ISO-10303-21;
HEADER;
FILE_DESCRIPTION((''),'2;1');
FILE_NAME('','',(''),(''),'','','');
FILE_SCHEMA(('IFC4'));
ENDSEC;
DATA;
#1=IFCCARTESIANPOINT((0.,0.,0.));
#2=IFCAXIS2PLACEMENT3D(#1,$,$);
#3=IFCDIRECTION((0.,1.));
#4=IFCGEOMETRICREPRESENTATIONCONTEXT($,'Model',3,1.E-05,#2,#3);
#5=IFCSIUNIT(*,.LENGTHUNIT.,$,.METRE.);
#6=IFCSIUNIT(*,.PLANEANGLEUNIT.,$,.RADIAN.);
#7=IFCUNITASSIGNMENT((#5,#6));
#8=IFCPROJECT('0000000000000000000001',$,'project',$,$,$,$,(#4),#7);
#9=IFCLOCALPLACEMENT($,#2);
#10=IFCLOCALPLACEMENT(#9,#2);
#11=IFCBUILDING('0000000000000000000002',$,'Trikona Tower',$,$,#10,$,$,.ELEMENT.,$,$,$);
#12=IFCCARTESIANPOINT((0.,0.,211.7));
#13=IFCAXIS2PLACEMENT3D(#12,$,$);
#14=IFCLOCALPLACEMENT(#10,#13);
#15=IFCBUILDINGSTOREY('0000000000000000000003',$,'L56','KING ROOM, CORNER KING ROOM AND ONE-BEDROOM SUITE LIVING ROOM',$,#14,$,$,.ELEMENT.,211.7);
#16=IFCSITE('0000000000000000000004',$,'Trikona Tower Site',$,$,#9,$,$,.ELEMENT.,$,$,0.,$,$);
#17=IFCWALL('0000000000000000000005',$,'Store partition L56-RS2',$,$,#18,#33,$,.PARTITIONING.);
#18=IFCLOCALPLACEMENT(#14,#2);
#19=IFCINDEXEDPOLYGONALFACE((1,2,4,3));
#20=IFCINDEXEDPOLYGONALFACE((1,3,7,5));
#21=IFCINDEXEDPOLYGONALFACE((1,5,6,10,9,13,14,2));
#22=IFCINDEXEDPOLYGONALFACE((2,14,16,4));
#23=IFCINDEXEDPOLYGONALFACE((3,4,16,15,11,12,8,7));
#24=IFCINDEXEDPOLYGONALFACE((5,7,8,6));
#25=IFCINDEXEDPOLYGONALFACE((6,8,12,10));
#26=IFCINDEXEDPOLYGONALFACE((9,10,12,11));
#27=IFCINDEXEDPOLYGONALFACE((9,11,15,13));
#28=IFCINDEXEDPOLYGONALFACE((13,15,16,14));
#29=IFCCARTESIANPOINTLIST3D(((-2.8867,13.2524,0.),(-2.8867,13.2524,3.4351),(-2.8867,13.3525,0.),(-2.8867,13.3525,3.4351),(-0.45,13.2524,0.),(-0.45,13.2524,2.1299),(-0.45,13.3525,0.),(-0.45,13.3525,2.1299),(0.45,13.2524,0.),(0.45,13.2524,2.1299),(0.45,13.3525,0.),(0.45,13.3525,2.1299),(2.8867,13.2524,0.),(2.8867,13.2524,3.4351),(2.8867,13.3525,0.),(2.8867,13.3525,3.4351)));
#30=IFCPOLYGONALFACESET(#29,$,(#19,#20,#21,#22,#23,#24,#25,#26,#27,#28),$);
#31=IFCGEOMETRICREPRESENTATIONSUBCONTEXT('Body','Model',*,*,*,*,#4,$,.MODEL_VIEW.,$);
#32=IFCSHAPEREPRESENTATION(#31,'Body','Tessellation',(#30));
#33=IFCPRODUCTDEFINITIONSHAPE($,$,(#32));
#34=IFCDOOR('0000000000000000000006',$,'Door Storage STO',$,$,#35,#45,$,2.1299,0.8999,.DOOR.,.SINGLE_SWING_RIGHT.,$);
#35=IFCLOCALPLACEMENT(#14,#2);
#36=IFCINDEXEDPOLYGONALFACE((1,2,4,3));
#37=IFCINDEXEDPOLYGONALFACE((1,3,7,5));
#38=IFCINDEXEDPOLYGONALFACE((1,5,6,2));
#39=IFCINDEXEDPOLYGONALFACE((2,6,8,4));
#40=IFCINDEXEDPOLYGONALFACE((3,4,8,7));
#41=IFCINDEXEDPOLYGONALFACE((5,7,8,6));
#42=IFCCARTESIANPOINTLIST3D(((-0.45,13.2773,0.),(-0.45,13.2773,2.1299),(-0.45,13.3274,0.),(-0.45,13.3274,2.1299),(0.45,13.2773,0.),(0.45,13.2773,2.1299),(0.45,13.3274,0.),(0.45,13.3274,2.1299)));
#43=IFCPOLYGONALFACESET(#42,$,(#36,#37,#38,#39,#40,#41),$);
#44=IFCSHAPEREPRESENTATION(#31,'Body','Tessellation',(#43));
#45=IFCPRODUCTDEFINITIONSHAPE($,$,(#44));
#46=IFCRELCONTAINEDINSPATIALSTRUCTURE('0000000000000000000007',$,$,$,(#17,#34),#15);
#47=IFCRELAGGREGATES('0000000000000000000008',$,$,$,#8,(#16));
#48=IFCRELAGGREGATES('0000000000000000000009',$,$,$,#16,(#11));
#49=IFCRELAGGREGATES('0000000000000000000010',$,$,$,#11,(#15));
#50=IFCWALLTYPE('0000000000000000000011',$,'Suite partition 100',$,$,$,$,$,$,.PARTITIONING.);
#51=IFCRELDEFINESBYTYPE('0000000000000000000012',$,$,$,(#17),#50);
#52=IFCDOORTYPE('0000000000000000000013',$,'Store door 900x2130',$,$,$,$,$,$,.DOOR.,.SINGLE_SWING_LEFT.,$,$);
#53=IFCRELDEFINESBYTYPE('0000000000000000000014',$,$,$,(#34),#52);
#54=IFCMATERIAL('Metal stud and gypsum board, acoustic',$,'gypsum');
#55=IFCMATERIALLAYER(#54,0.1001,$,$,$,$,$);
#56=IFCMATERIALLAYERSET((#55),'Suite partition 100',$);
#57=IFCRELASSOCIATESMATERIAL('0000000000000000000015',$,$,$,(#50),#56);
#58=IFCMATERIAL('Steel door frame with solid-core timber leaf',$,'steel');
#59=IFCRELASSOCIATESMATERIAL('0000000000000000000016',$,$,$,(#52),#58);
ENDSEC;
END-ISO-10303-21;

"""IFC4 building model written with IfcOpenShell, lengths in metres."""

from ifc_helpers import new_model, si_unit, direction, frame, frame_2d, origin, place, context, subcontext, project, spatial, rectangle, extrude, material, layer, layer_set, type_object, element, fill, save


model = new_model("IFC4")

# Units and contexts
model_context = context("Model", 3, precision=1e-05, world=origin(), true_north=direction((0.0, 1.0)))
body_context = subcontext(model_context, "Body", "Model", "MODEL_VIEW")
ifc_project = project(units=[si_unit("LENGTHUNIT", "METRE"), si_unit("PLANEANGLEUNIT", "RADIAN")], contexts=[model_context])

# Site, building, storey
site_placement = place(None, origin())
site = spatial("IfcSite", under=ifc_project, at=site_placement, Name="Trikona Tower Site", CompositionType="ELEMENT", RefElevation=0.0)
building_placement = place(site_placement, origin())
building = spatial("IfcBuilding", under=site, at=building_placement, Name="Trikona Tower", CompositionType="ELEMENT")
storey_placement = place(building_placement, frame((0.0, 0.0, 211.7)))
storey = spatial("IfcBuildingStorey", under=building, at=storey_placement, Name="L56", Description="KING ROOM, CORNER KING ROOM AND ONE-BEDROOM SUITE LIVING ROOM", CompositionType="ELEMENT", Elevation=211.7)

# Wall, opening, door
ifc_material_1 = material(Name="Metal stud and gypsum board, acoustic", Category="gypsum")
ifc_layer_1 = layer(ifc_material_1, 0.1001)
ifc_layer_set_1 = layer_set([ifc_layer_1], Name="Suite partition 100")
wall_type_1 = type_object("IfcWallType", Name="Suite partition 100", PredefinedType="PARTITIONING", material=ifc_layer_set_1)
wall_1_placement = place(storey_placement, frame((-2.8867, 13.3025, 0.0), z_axis=(0.0, 0.0, 1.0), x_axis=(1.0, 0.0, 0.0)))
wall_1 = element("IfcWall", 1, at=wall_1_placement, inside=storey, type_object=wall_type_1, Name="Store partition L56-RS2", PredefinedType="PARTITIONING", context=body_context, shape_type="SweptSolid", body=[
    extrude(rectangle(XDim=5.7734, YDim=0.1001, at=frame_2d((2.8867, 0.0))), origin(), (0.0, 0.0, 1.0), 3.4351),
])
opening_1_placement = place(wall_1_placement, frame((2.4368, 0.0, 0.0)))
opening_1 = element("IfcOpeningElement", 2, at=opening_1_placement, cuts=wall_1, PredefinedType="OPENING", context=body_context, shape_type="SweptSolid", body=[
    extrude(rectangle(XDim=0.8999, YDim=2.1299, at=frame_2d((0.45, 1.0649))), frame((0.0, 0.0601, 0.0), z_axis=(0.0, -1.0, 0.0), x_axis=(1.0, 0.0, 0.0)), (0.0, 0.0, 1.0), 0.1201),
])
ifc_material_2 = material(Name="Steel door frame with solid-core timber leaf", Category="steel")
door_type_1 = type_object("IfcDoorType", Name="Store door 900x2130", OperationType="SINGLE_SWING_LEFT", PredefinedType="DOOR", material=ifc_material_2)
door_1_placement = place(opening_1_placement, origin())
door_1 = element("IfcDoor", 3, at=door_1_placement, inside=storey, type_object=door_type_1, Name="Door Storage STO", OperationType="SINGLE_SWING_RIGHT", OverallHeight=2.1299, OverallWidth=0.8999, PredefinedType="DOOR", context=body_context, shape_type="SweptSolid", body=[
    extrude(rectangle(XDim=0.8999, YDim=2.1299, at=frame_2d((0.45, 1.0649))), frame((0.0, 0.0249, 0.0), z_axis=(0.0, -1.0, 0.0), x_axis=(1.0, 0.0, 0.0)), (0.0, 0.0, 1.0), 0.05),
])
fill(opening_1, door_1)

save(model, "model.ifc")
